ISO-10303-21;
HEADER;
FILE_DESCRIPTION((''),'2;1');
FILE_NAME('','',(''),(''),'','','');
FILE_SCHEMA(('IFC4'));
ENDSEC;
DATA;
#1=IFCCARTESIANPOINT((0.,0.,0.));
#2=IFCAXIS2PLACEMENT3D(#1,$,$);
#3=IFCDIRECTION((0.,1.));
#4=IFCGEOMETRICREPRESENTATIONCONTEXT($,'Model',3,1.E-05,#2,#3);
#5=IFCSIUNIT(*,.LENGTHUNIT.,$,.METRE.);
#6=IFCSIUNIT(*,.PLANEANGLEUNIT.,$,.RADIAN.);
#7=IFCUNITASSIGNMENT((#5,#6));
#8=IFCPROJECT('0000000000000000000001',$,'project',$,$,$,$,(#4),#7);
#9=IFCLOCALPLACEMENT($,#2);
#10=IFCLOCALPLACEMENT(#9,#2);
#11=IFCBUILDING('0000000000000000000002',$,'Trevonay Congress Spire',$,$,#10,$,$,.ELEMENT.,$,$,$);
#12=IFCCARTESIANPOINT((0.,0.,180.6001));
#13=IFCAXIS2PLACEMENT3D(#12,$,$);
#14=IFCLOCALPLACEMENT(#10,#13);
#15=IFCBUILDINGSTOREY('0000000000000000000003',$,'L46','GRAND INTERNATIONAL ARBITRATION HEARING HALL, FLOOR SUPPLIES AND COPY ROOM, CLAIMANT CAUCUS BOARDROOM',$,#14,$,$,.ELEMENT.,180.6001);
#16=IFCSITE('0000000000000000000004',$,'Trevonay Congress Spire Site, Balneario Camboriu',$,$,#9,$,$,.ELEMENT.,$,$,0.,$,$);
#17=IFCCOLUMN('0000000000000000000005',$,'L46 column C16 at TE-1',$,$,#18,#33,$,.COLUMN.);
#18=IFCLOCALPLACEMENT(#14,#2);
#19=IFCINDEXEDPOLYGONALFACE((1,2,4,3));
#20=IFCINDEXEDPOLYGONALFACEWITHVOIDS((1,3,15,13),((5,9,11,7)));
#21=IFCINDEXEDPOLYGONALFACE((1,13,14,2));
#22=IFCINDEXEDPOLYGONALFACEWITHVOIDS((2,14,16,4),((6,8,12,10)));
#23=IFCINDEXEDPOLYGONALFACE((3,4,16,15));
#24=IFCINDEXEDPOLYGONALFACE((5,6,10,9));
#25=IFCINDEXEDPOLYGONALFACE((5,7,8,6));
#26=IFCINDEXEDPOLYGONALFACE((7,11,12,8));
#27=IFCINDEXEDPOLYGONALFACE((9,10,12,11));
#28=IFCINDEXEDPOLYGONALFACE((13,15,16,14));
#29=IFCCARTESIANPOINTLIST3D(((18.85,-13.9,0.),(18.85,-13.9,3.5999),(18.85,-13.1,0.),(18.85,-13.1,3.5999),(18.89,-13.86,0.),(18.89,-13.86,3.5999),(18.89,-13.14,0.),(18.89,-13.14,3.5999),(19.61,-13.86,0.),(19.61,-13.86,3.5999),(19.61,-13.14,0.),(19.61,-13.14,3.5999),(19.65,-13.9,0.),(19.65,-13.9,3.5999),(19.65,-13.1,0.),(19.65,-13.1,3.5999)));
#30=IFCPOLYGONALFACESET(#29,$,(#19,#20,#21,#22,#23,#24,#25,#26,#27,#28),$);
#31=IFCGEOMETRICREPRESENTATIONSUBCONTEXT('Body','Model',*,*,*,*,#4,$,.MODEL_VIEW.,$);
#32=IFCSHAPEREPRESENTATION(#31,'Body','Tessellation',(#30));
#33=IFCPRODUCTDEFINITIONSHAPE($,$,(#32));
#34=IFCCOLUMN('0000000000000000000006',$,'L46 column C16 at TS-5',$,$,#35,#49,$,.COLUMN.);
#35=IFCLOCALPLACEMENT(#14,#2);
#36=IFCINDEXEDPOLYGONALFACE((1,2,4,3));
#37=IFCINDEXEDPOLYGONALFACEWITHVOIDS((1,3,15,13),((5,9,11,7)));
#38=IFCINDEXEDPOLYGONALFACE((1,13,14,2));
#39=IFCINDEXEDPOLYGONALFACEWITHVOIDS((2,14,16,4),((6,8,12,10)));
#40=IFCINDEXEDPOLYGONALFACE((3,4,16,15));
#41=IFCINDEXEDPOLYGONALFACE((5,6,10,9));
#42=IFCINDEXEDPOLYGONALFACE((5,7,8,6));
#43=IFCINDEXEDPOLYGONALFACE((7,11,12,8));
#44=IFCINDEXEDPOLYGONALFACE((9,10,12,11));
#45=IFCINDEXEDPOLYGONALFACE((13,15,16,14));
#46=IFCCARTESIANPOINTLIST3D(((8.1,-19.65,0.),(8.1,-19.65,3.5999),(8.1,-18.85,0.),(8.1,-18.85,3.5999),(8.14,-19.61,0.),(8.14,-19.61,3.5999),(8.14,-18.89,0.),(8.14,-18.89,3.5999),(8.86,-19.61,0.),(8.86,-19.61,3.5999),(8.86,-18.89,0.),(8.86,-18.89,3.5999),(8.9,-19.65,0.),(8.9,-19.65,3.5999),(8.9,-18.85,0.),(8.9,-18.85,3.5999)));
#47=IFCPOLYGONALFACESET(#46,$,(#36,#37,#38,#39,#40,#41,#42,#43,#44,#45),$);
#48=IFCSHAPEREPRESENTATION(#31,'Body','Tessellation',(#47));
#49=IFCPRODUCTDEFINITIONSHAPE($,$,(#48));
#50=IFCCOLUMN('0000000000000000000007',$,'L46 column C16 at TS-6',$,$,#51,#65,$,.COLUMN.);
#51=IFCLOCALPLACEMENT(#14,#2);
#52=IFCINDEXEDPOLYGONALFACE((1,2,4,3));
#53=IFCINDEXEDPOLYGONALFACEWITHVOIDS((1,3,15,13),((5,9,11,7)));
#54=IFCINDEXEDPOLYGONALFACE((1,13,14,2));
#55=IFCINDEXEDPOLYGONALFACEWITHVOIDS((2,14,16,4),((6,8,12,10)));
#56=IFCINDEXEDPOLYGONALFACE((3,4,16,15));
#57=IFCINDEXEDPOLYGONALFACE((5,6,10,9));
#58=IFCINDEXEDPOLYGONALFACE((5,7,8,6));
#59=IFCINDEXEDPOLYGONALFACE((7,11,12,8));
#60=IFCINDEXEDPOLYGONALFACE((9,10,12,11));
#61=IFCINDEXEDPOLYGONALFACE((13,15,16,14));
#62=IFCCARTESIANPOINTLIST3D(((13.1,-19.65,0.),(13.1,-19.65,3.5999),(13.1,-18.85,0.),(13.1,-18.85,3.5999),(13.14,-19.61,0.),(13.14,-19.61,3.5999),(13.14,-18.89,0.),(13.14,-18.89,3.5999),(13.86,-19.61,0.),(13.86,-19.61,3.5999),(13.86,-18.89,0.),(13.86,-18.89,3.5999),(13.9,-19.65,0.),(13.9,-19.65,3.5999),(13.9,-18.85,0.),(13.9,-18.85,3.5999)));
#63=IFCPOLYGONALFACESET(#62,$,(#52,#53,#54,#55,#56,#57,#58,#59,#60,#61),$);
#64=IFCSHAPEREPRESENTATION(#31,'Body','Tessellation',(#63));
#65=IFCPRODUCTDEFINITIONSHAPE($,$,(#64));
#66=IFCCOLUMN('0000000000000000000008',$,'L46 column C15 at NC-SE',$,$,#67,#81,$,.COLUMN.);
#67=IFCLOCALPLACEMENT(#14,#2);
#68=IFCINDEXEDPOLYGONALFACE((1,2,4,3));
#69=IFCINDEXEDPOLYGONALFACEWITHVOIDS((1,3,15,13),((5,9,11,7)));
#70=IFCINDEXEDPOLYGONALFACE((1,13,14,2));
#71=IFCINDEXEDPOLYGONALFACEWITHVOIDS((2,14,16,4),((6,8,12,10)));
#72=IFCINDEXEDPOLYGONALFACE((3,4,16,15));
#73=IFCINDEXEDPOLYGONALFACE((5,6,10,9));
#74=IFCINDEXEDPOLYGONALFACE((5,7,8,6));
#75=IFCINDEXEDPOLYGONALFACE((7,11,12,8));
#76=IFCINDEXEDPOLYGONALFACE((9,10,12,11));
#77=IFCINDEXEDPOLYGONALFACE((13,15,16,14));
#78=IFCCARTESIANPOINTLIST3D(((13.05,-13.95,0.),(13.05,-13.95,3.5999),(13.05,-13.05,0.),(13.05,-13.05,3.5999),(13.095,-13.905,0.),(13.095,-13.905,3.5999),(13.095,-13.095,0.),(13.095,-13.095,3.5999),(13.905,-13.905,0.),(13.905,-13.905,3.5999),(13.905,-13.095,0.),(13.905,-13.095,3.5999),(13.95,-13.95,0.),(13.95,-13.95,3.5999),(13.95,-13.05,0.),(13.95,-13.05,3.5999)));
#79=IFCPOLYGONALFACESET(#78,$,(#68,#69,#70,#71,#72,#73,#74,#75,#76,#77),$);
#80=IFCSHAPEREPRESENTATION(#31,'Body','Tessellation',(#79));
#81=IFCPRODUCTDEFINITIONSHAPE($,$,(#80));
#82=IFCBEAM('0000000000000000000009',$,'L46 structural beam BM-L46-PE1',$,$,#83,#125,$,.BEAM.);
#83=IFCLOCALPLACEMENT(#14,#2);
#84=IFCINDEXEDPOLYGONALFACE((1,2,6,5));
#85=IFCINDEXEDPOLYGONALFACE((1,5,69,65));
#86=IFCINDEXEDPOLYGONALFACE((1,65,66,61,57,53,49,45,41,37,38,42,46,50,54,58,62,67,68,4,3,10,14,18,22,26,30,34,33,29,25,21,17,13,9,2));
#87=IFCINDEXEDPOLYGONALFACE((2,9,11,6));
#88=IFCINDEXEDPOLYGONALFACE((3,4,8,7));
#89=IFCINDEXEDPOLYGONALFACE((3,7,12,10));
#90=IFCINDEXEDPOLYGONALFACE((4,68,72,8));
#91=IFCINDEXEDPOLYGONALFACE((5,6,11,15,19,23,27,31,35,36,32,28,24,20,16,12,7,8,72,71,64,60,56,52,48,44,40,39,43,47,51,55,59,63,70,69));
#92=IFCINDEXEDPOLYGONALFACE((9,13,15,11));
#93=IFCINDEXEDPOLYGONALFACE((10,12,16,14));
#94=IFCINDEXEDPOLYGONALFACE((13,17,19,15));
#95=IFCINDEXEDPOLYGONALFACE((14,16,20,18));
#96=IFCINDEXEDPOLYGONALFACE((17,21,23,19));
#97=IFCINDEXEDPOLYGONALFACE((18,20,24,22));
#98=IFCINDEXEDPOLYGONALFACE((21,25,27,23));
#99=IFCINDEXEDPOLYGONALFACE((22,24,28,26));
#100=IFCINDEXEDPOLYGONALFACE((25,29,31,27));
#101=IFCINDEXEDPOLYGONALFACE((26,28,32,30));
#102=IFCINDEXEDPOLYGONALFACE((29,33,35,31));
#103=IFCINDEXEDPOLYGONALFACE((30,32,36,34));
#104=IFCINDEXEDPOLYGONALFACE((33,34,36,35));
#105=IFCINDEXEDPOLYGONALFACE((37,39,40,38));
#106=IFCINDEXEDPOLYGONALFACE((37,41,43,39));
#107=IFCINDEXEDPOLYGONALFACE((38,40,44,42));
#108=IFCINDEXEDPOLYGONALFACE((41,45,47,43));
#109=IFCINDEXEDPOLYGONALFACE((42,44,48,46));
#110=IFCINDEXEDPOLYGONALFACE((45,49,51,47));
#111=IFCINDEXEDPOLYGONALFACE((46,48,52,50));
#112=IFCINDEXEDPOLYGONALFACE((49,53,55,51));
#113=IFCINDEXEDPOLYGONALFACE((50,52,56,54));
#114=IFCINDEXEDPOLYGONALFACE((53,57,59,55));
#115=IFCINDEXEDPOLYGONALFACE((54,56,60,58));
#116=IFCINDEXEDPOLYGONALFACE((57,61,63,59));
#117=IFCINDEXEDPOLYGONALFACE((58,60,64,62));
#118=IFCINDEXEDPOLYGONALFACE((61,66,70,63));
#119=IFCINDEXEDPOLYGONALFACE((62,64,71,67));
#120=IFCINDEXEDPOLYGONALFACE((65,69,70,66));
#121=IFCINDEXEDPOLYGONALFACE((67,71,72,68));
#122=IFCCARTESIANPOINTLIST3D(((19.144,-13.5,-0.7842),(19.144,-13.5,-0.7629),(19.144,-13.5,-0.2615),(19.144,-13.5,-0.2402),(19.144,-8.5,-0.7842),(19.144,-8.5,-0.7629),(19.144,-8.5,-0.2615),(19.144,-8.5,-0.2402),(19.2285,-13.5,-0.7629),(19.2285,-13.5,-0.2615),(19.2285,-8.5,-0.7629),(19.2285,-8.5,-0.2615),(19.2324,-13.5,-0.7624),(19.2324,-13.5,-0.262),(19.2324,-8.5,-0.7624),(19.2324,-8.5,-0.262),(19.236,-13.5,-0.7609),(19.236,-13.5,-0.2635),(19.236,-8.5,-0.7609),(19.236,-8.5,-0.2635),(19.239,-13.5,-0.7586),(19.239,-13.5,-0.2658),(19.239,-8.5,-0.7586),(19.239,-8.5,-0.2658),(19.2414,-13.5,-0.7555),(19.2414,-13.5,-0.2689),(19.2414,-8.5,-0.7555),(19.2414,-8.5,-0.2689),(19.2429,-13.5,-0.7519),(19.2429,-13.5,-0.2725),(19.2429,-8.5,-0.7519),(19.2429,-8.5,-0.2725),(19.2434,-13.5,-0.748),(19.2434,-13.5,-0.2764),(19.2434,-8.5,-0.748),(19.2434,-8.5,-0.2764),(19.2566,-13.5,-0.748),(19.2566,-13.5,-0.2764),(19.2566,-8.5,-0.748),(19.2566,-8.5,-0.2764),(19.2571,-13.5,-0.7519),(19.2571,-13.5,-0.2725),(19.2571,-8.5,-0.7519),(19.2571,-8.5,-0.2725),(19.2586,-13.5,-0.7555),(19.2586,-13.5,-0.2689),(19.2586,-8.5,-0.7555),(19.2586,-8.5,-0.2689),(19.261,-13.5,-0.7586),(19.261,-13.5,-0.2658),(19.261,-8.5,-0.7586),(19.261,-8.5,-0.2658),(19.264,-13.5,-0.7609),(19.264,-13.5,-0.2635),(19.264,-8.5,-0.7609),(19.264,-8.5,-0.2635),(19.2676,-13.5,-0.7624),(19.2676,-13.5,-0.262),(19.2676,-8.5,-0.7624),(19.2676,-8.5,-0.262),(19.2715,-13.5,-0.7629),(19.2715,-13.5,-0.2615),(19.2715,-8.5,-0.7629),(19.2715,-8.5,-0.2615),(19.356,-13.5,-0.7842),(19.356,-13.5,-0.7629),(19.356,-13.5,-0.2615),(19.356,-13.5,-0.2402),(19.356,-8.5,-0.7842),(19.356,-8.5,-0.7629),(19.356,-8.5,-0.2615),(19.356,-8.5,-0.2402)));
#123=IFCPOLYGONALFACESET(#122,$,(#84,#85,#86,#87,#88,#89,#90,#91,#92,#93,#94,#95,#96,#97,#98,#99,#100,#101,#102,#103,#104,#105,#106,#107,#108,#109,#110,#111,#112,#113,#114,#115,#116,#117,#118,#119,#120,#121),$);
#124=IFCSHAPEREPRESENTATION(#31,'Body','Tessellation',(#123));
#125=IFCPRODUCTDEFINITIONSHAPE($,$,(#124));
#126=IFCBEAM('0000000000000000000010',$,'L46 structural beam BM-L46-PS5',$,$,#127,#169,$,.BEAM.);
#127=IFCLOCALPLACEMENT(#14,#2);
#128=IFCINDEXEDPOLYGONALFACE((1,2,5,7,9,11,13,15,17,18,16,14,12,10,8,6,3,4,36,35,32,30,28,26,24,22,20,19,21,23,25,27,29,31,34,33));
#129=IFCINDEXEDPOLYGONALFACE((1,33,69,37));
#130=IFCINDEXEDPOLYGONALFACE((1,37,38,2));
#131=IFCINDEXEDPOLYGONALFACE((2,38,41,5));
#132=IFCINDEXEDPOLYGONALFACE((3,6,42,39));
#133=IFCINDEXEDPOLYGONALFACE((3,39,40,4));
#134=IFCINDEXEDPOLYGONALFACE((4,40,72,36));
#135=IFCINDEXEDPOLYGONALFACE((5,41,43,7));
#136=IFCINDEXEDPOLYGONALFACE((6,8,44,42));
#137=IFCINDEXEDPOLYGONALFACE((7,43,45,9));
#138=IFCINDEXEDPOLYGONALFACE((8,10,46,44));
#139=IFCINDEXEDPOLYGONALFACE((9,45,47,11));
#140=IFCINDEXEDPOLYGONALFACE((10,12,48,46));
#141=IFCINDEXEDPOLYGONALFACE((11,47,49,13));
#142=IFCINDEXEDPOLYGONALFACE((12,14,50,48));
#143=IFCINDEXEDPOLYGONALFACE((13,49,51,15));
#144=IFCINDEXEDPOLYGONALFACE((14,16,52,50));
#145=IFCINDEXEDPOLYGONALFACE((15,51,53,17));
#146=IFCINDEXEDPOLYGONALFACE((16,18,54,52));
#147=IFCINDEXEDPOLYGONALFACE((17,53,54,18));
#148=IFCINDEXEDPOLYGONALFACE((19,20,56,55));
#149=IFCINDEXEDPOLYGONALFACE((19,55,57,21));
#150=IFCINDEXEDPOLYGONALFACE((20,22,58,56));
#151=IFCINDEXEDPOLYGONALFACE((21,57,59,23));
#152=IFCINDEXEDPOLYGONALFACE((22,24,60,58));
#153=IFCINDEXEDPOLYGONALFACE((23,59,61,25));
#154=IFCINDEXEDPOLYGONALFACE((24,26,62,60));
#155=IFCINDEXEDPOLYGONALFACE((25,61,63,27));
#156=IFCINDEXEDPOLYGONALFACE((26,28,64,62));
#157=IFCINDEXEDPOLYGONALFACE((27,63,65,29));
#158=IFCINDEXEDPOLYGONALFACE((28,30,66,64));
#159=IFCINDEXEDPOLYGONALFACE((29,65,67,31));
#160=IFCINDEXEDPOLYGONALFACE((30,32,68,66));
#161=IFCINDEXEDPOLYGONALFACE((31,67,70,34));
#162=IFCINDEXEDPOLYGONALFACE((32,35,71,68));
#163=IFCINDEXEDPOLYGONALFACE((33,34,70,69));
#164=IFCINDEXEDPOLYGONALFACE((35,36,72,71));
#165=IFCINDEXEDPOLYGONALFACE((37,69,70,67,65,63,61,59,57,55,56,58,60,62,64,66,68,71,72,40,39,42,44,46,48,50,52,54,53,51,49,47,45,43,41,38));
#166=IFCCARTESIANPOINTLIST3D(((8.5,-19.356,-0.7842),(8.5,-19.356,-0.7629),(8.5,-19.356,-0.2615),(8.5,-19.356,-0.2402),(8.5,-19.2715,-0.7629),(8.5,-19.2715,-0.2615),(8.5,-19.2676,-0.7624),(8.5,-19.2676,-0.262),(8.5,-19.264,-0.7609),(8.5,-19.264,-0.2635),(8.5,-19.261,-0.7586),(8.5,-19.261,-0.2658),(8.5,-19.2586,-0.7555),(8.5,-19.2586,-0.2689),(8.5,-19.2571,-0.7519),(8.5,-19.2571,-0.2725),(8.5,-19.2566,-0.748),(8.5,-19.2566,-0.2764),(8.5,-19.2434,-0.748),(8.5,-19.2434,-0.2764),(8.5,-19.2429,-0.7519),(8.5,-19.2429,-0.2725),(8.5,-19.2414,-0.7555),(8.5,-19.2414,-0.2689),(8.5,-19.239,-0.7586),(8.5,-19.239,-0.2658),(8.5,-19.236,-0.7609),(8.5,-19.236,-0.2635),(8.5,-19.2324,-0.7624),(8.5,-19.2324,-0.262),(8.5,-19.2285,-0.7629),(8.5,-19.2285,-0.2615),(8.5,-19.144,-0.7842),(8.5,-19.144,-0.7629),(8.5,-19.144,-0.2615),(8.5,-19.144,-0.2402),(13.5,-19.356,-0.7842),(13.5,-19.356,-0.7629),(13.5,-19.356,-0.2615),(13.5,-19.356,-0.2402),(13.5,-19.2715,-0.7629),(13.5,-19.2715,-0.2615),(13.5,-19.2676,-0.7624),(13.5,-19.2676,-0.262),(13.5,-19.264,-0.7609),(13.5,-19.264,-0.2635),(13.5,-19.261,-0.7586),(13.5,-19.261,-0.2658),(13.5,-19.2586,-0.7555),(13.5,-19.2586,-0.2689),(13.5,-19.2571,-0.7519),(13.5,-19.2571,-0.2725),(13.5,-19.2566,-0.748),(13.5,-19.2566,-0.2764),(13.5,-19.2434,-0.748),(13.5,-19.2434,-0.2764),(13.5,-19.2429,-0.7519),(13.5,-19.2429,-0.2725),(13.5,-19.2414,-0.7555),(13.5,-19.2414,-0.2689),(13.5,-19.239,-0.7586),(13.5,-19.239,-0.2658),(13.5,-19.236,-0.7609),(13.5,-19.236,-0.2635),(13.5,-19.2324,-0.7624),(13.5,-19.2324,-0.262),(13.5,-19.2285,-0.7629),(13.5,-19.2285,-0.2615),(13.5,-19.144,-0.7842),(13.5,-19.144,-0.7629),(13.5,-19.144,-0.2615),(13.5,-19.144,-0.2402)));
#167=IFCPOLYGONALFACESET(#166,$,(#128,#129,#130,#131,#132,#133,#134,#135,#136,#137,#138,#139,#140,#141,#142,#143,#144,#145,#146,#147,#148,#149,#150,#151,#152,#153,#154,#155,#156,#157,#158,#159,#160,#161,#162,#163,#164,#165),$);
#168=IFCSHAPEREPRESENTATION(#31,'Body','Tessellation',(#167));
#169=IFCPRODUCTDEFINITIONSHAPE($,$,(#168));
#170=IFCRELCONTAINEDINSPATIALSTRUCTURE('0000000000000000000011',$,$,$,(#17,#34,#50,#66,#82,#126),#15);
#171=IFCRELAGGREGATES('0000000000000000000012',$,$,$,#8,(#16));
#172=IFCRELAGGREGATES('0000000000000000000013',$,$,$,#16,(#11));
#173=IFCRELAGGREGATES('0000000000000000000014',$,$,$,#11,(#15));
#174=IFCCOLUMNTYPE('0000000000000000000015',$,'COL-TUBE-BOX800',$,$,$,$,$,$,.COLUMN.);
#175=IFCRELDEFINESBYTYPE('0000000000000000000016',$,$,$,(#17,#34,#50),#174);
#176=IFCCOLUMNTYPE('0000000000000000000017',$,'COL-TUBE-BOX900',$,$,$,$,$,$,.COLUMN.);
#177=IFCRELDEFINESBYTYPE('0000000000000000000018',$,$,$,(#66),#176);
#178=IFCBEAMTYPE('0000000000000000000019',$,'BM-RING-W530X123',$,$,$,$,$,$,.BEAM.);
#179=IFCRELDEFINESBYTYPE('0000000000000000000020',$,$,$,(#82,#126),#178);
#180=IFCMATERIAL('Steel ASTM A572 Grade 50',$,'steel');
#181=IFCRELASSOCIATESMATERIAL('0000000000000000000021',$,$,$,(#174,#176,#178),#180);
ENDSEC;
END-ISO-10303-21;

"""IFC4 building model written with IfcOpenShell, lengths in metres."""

from ifc_helpers import new_model, si_unit, direction, frame, origin, origin_2d, place, context, subcontext, project, spatial, hollow_rectangle, i_section, extrude, material, material_profile, profile_set, type_object, element, save


model = new_model("IFC4")

# Units and contexts
model_context = context("Model", 3, precision=1e-05, world=origin(), true_north=direction((0.0, 1.0)))
body_context = subcontext(model_context, "Body", "Model", "MODEL_VIEW")
ifc_project = project(units=[si_unit("LENGTHUNIT", "METRE"), si_unit("PLANEANGLEUNIT", "RADIAN")], contexts=[model_context])

# Site, building, storey
site_placement = place(None, origin())
site = spatial("IfcSite", under=ifc_project, at=site_placement, Name="Trevonay Congress Spire Site, Balneario Camboriu", CompositionType="ELEMENT", RefElevation=0.0)
building_placement = place(site_placement, origin())
building = spatial("IfcBuilding", under=site, at=building_placement, Name="Trevonay Congress Spire", CompositionType="ELEMENT")
storey_placement = place(building_placement, frame((0.0, 0.0, 180.6001)))
storey = spatial("IfcBuildingStorey", under=building, at=storey_placement, Name="L46", Description="GRAND INTERNATIONAL ARBITRATION HEARING HALL, FLOOR SUPPLIES AND COPY ROOM, CLAIMANT CAUCUS BOARDROOM", CompositionType="ELEMENT", Elevation=180.6001)

# Columns
ifc_material_1 = material(Name="Steel ASTM A572 Grade 50", Category="steel")
ifc_material_profile_1 = material_profile(ifc_material_1, hollow_rectangle(XDim=0.8, YDim=0.8, WallThickness=0.04, at=origin_2d()), Name="BOX 800x800x40")
ifc_profile_set_1 = profile_set([ifc_material_profile_1], Name="Steel ASTM A572 Grade 50")
column_type_1 = type_object("IfcColumnType", Name="COL-TUBE-BOX800", PredefinedType="COLUMN", material=ifc_profile_set_1)
for number, where, z_axis, x_axis, name in (
    (1, (19.25, -13.5, 0.0), (0.0, 0.0, 1.0), (1.0, 0.0, 0.0), "L46 column C16 at TE-1"),
    (2, (8.5, -19.25, 0.0), (0.0, 0.0, 1.0), (1.0, 0.0, 0.0), "L46 column C16 at TS-5"),
    (3, (13.5, -19.25, 0.0), (0.0, 0.0, 1.0), (1.0, 0.0, 0.0), "L46 column C16 at TS-6"),
):
    element("IfcColumn", number, at=place(storey_placement, frame(where, z_axis=z_axis, x_axis=x_axis)), inside=storey, type_object=column_type_1, Name=name, PredefinedType="COLUMN", context=body_context, shape_type="SweptSolid", body=[
        extrude(hollow_rectangle(XDim=0.8, YDim=0.8, WallThickness=0.04, at=origin_2d()), origin(), (0.0, 0.0, 1.0), 3.5999),
    ])
ifc_material_profile_2 = material_profile(ifc_material_1, hollow_rectangle(XDim=0.8999, YDim=0.8999, WallThickness=0.0449, at=origin_2d()), Name="BOX 900x900x45")
ifc_profile_set_2 = profile_set([ifc_material_profile_2], Name="Steel ASTM A572 Grade 50")
column_type_2 = type_object("IfcColumnType", Name="COL-TUBE-BOX900", PredefinedType="COLUMN", material=ifc_profile_set_2)
column_placement = place(storey_placement, frame((13.5, -13.5, 0.0), z_axis=(0.0, 0.0, 1.0), x_axis=(1.0, 0.0, 0.0)))
element("IfcColumn", 4, at=column_placement, inside=storey, type_object=column_type_2, Name="L46 column C15 at NC-SE", PredefinedType="COLUMN", context=body_context, shape_type="SweptSolid", body=[
    extrude(hollow_rectangle(XDim=0.8999, YDim=0.8999, WallThickness=0.0449, at=origin_2d()), origin(), (0.0, 0.0, 1.0), 3.5999),
])

# Beams
ifc_material_profile_3 = material_profile(ifc_material_1, i_section(OverallWidth=0.2119, OverallDepth=0.5439, WebThickness=0.0132, FlangeThickness=0.0212, FilletRadius=0.0149, at=origin_2d()), Name="W530x123")
ifc_profile_set_3 = profile_set([ifc_material_profile_3], Name="Steel ASTM A572 Grade 50")
beam_type = type_object("IfcBeamType", Name="BM-RING-W530X123", PredefinedType="BEAM", material=ifc_profile_set_3)
for number, where, z_axis, x_axis, name in (
    (5, (19.25, -13.5, -0.5122), (0.0, 1.0, 0.0), (-1.0, 0.0, 0.0), "L46 structural beam BM-L46-PE1"),
    (6, (8.5, -19.25, -0.5122), (1.0, 0.0, 0.0), (0.0, 1.0, 0.0), "L46 structural beam BM-L46-PS5"),
):
    element("IfcBeam", number, at=place(storey_placement, frame(where, z_axis=z_axis, x_axis=x_axis)), inside=storey, type_object=beam_type, Name=name, PredefinedType="BEAM", context=body_context, shape_type="SweptSolid", body=[
        extrude(i_section(OverallWidth=0.2119, OverallDepth=0.5439, WebThickness=0.0132, FlangeThickness=0.0212, FilletRadius=0.0149, at=origin_2d()), origin(), (0.0, 0.0, 1.0), 5.0),
    ])

save(model, "model.ifc")
